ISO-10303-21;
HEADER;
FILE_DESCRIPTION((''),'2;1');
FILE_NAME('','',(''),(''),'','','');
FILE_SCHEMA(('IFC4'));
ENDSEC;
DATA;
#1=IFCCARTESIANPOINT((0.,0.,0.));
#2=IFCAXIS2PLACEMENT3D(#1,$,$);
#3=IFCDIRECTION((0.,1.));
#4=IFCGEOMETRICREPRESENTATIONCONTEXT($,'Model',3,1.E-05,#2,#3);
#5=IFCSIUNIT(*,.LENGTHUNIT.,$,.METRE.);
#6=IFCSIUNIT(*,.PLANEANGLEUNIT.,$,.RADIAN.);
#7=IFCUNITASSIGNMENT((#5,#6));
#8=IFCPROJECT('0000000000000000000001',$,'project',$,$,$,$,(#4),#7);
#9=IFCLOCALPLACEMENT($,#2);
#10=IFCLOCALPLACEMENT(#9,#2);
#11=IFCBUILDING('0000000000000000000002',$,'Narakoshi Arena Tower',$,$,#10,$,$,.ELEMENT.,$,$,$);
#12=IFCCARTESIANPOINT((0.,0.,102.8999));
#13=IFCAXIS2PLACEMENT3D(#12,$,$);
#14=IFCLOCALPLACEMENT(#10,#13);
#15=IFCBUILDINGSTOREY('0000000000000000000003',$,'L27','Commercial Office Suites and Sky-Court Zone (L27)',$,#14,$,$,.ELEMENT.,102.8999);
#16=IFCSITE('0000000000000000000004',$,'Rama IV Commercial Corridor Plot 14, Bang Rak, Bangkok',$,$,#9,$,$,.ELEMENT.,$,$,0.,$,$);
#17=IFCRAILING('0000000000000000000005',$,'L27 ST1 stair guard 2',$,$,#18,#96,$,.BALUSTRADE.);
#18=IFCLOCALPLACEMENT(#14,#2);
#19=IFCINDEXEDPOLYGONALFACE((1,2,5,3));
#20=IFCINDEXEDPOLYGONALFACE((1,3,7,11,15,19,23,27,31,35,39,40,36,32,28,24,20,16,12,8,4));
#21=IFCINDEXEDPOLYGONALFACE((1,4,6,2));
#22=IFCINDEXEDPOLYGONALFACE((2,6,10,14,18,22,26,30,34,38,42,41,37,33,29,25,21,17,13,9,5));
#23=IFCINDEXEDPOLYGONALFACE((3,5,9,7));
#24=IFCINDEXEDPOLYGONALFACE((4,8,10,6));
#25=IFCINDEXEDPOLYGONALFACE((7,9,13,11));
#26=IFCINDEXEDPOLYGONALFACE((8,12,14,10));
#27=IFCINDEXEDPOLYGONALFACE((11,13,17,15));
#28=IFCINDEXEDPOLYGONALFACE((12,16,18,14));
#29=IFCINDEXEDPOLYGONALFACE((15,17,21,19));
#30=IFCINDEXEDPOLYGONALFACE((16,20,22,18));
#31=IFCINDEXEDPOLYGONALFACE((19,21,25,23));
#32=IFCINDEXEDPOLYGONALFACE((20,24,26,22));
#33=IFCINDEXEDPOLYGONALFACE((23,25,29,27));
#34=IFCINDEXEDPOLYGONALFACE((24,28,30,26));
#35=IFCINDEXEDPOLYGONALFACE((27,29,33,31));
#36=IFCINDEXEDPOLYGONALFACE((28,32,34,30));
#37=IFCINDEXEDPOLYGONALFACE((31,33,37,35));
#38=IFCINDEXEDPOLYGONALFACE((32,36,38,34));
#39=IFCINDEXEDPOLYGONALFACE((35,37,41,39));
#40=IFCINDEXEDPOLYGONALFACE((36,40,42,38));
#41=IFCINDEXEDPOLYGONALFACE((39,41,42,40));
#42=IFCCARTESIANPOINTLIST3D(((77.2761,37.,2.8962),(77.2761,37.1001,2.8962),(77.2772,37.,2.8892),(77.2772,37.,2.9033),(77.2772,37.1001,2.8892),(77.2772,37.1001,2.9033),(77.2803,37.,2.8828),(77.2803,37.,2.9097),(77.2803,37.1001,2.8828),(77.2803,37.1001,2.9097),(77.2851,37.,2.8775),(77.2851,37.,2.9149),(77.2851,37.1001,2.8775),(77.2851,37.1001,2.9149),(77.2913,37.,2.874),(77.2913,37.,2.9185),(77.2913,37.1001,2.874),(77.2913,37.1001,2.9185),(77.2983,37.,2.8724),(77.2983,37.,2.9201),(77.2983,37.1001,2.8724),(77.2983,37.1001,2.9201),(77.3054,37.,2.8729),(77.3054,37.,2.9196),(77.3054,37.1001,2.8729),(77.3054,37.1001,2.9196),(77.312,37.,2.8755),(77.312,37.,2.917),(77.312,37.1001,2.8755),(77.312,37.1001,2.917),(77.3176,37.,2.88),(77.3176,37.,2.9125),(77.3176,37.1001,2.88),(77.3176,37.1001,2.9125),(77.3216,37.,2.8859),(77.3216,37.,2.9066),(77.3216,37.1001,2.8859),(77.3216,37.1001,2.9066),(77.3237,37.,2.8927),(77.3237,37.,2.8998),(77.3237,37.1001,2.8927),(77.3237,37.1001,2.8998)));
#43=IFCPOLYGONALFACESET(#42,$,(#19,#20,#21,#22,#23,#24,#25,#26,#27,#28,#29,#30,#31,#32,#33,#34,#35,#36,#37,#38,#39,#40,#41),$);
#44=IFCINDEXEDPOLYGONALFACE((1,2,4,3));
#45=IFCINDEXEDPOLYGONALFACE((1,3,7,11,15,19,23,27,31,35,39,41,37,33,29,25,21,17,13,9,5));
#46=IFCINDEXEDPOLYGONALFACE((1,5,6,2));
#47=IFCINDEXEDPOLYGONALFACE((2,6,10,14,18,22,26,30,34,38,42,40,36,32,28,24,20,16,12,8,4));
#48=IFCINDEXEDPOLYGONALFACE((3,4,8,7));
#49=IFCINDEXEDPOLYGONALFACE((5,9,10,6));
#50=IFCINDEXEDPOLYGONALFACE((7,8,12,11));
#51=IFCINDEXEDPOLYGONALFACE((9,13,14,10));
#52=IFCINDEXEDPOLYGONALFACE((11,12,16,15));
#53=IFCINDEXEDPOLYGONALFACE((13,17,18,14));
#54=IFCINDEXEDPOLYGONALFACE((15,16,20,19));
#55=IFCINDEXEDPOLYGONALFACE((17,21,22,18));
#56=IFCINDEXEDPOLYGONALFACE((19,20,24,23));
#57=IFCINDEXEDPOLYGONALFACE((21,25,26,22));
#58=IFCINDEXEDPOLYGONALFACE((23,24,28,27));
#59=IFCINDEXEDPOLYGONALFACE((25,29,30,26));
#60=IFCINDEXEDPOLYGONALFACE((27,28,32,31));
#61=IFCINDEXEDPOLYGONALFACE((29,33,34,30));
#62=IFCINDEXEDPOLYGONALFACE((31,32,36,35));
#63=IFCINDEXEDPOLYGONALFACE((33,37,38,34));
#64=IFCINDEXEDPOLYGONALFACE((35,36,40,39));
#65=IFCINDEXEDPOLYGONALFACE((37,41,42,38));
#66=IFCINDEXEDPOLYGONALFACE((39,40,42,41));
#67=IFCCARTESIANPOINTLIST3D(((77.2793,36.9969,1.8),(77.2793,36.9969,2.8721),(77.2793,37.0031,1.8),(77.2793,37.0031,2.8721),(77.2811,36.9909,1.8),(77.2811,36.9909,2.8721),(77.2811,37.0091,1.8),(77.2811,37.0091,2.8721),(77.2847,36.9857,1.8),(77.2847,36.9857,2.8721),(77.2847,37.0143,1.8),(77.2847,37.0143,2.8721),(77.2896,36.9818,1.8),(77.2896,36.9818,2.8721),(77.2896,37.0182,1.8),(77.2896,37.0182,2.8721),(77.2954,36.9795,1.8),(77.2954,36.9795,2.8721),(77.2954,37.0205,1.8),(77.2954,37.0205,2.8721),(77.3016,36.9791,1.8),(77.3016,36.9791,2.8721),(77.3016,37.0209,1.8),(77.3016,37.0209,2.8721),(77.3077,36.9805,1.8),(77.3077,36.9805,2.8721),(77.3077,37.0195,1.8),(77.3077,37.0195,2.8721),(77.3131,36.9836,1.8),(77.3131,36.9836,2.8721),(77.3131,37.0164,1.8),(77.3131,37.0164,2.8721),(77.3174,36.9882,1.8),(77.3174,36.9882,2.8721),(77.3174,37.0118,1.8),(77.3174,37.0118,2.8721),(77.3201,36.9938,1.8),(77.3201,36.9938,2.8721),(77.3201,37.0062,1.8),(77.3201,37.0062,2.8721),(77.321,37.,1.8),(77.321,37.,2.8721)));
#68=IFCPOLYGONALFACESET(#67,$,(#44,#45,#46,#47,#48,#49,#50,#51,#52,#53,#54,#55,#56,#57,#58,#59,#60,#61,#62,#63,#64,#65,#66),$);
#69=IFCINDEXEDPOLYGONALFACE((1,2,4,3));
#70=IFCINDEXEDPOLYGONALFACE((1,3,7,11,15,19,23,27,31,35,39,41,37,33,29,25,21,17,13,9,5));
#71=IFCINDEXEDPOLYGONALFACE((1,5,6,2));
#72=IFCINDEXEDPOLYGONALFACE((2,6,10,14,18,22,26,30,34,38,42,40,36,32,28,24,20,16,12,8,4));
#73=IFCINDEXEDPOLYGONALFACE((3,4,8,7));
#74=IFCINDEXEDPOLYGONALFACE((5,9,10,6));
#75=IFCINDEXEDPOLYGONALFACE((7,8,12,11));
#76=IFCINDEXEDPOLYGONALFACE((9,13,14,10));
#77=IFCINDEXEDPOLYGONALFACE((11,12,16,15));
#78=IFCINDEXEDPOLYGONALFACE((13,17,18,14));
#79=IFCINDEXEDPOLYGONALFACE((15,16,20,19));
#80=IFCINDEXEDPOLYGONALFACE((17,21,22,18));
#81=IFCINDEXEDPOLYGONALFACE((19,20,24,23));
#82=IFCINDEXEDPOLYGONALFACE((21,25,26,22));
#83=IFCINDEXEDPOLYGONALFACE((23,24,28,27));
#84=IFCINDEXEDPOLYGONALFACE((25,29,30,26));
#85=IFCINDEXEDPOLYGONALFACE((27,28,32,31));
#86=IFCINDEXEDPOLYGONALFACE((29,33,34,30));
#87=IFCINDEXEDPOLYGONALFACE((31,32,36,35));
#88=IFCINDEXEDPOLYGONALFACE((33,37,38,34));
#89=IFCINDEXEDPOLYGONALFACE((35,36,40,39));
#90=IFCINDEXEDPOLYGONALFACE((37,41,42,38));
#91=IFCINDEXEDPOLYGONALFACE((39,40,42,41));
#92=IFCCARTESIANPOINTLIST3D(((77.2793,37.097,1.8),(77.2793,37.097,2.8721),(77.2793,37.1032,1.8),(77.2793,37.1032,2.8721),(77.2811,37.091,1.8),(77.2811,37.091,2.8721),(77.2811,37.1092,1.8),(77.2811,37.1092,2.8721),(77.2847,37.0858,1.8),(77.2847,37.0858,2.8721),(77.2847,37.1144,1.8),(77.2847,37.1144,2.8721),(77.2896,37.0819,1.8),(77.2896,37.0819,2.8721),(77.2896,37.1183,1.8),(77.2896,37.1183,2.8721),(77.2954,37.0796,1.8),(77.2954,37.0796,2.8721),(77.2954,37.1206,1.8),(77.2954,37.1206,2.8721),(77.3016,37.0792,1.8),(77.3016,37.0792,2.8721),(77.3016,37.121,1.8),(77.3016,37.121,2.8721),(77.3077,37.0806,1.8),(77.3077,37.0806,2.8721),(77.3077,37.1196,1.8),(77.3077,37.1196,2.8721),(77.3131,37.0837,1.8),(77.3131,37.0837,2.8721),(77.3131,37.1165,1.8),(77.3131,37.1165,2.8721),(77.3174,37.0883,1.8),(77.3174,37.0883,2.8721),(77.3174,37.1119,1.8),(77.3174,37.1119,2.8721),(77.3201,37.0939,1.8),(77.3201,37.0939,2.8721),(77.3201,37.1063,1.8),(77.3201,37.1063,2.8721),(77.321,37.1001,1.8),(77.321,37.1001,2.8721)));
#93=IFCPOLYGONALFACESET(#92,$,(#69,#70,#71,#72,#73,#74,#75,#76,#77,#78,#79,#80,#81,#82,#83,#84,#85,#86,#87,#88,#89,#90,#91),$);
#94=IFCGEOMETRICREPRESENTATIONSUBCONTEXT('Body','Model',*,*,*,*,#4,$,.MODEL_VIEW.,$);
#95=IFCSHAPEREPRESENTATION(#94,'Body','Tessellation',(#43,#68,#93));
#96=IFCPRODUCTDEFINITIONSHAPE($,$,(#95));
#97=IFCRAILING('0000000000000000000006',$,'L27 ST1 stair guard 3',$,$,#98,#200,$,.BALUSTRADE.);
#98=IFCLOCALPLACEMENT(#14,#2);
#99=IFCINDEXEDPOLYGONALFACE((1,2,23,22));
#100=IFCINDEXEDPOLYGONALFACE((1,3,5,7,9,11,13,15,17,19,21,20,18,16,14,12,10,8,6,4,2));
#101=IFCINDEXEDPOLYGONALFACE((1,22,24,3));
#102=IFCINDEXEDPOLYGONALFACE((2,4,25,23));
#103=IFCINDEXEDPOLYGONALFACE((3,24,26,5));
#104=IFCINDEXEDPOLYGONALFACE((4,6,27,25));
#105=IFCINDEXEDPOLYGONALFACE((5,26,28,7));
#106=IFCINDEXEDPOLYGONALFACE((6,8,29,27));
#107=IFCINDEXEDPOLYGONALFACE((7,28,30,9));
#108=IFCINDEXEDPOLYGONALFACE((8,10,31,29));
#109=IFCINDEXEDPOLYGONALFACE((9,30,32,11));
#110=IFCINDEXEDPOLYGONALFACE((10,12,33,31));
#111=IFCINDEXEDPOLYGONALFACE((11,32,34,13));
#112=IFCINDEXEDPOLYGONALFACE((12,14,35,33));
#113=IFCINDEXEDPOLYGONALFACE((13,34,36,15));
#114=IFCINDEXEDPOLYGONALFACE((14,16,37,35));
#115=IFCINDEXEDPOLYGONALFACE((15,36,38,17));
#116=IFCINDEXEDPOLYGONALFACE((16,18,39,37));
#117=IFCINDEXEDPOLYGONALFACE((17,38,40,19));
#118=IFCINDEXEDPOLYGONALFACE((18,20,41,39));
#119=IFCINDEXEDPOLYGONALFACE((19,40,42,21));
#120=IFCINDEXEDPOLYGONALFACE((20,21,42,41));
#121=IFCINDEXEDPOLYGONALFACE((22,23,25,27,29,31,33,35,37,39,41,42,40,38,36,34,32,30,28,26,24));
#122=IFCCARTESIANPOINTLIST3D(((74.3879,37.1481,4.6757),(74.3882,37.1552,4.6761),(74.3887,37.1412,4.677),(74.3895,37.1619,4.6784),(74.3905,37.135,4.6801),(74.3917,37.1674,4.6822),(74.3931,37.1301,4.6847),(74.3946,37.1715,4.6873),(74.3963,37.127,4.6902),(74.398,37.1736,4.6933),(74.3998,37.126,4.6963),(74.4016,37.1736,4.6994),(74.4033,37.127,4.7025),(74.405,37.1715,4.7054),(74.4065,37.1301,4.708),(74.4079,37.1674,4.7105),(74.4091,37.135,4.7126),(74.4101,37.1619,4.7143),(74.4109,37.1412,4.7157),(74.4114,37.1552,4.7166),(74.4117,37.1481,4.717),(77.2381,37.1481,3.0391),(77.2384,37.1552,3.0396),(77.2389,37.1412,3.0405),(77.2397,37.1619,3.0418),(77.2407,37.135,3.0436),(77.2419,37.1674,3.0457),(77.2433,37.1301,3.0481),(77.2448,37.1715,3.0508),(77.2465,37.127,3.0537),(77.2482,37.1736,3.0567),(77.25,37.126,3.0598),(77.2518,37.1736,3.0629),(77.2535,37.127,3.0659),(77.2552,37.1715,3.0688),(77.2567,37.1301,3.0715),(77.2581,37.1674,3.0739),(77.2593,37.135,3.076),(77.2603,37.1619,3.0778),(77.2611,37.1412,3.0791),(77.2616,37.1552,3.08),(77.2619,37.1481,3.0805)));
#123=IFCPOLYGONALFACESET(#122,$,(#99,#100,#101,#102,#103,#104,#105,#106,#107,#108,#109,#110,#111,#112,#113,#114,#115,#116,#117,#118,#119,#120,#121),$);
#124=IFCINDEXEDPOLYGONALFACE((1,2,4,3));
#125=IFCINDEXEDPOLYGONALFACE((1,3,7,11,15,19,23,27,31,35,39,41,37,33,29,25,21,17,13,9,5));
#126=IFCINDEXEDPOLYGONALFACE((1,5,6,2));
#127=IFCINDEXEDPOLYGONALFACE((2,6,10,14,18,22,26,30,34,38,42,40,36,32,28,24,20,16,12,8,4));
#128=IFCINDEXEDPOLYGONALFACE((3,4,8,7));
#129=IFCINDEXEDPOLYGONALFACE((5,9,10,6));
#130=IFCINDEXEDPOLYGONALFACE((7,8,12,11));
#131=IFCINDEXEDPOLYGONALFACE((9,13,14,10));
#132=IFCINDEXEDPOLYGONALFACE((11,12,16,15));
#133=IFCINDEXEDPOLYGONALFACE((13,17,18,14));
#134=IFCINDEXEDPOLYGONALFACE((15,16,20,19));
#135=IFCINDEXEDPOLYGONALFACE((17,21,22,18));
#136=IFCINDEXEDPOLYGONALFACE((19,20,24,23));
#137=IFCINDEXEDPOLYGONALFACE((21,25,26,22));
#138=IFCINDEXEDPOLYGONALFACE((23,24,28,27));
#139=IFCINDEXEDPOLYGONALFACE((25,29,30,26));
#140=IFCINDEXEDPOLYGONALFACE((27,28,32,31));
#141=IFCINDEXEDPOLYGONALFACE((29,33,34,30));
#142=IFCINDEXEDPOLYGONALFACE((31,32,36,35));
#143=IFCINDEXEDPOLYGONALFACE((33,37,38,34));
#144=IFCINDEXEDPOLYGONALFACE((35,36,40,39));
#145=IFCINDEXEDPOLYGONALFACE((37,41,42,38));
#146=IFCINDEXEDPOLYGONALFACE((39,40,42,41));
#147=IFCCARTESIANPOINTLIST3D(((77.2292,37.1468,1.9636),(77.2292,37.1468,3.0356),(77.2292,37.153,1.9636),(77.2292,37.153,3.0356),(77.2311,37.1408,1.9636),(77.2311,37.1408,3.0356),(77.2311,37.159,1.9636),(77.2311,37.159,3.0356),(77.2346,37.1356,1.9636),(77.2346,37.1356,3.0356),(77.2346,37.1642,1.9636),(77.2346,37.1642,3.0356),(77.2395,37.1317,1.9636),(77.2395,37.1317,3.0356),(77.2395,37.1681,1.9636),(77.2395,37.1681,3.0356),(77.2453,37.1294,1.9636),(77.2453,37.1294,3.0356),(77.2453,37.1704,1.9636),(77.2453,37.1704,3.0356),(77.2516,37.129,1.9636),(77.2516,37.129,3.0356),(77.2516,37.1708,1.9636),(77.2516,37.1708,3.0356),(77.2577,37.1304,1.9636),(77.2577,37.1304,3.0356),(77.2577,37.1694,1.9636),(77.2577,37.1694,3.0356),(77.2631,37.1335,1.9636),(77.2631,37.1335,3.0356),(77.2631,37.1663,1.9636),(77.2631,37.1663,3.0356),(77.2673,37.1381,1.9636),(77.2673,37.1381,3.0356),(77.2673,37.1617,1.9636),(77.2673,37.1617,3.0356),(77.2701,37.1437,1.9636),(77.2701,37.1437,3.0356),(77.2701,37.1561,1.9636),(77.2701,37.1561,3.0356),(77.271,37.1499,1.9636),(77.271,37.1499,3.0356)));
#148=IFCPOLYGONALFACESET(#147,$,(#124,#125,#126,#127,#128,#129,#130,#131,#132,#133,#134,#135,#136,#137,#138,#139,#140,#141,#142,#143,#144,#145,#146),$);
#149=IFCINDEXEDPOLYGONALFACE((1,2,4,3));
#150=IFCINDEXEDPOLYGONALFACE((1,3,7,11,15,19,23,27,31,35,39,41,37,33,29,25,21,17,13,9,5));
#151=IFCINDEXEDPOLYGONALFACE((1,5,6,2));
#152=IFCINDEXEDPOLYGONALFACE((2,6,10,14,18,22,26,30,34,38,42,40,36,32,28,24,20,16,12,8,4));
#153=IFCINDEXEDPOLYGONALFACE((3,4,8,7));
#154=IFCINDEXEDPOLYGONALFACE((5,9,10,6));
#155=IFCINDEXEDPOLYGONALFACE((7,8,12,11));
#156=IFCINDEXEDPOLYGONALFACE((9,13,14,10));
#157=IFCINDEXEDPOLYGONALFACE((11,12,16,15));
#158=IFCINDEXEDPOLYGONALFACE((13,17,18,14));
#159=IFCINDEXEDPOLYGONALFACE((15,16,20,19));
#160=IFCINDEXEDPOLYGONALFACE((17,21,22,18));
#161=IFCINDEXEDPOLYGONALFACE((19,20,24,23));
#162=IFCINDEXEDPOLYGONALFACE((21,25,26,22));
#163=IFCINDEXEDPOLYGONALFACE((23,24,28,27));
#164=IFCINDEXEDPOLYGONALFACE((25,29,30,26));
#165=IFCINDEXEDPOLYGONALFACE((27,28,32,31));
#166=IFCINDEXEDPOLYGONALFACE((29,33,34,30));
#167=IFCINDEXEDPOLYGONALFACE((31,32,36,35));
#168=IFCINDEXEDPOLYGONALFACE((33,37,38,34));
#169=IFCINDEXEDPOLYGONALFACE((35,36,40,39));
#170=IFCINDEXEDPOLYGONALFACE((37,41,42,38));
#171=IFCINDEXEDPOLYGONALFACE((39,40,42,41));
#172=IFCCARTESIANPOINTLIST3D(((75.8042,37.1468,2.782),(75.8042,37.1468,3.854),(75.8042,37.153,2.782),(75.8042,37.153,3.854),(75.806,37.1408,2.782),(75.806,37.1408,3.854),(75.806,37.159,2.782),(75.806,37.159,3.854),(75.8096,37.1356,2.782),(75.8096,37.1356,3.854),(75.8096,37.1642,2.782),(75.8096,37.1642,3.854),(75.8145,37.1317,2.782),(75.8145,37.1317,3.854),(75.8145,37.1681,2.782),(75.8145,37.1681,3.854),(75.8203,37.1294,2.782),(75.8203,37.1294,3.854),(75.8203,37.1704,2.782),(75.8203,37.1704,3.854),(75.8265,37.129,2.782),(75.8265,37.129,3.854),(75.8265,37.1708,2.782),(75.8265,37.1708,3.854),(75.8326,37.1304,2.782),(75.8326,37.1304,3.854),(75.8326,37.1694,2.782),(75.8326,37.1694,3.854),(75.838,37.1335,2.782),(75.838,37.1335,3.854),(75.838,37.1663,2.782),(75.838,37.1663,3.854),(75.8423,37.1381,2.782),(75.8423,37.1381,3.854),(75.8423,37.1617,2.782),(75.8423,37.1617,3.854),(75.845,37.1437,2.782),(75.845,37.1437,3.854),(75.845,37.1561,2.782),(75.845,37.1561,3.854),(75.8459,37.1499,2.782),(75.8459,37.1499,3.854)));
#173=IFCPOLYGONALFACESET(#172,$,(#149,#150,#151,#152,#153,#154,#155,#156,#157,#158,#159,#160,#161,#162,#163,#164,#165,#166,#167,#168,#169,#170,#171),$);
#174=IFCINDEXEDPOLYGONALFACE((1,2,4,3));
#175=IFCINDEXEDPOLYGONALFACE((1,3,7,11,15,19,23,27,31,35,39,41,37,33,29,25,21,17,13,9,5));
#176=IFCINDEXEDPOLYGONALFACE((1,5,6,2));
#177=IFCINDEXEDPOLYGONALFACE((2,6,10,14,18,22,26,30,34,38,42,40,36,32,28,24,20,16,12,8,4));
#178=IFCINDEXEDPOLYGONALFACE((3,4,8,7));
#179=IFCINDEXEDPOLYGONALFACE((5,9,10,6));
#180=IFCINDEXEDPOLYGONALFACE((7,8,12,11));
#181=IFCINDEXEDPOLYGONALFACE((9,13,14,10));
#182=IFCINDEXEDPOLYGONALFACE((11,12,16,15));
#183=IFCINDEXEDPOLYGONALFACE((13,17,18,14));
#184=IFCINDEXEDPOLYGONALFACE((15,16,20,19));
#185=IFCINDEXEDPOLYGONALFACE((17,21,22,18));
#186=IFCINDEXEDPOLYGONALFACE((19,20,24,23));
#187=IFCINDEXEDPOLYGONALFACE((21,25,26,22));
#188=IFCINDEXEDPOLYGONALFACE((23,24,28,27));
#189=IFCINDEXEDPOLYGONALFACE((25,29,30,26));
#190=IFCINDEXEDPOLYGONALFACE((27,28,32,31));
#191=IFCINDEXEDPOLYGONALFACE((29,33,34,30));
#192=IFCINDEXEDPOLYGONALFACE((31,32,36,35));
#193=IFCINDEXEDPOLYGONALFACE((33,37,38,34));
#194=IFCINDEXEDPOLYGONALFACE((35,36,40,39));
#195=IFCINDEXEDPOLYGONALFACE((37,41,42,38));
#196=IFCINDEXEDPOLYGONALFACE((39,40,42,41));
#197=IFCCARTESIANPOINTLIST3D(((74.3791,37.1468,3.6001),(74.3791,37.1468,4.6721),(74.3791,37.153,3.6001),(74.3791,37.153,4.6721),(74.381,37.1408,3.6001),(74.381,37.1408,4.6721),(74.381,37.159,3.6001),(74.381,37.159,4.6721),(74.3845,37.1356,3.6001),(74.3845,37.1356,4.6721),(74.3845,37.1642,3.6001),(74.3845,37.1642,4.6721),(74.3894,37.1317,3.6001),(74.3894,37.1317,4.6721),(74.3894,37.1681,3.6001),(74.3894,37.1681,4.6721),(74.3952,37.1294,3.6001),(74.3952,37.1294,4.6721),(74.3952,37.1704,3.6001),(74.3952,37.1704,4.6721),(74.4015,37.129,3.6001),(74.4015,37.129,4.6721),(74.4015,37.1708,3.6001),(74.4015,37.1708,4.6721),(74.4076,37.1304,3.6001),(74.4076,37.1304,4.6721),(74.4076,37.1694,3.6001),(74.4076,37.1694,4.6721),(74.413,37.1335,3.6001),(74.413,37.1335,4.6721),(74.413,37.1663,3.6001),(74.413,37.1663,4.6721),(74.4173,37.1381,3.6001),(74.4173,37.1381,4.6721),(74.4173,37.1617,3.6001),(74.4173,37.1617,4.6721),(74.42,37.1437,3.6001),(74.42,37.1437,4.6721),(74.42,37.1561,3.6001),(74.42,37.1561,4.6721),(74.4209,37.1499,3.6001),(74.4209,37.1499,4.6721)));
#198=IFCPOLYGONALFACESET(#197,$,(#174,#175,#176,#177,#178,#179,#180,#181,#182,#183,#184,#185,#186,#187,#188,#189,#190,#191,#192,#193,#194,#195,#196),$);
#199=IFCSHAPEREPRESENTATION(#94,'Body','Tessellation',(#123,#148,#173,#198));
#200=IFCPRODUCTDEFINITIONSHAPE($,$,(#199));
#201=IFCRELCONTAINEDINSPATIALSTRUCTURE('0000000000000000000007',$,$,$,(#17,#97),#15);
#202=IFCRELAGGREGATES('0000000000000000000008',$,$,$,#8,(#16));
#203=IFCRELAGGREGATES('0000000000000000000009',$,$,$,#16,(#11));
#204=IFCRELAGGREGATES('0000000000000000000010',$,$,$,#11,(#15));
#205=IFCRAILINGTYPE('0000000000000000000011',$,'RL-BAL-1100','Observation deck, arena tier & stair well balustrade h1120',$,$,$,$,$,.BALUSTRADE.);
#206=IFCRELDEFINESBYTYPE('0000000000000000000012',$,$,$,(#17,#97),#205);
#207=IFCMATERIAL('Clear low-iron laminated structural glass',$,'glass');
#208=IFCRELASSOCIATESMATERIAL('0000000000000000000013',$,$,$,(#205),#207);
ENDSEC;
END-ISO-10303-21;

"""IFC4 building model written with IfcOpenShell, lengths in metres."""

from ifc_helpers import new_model, si_unit, direction, frame, origin, origin_2d, place, context, subcontext, project, spatial, circle, extrude, material, type_object, element, save


model = new_model("IFC4")

# Units and contexts
model_context = context("Model", 3, precision=1e-05, world=origin(), true_north=direction((0.0, 1.0)))
body_context = subcontext(model_context, "Body", "Model", "MODEL_VIEW")
ifc_project = project(units=[si_unit("LENGTHUNIT", "METRE"), si_unit("PLANEANGLEUNIT", "RADIAN")], contexts=[model_context])

# Site, building, storey
site_placement = place(None, origin())
site = spatial("IfcSite", under=ifc_project, at=site_placement, Name="Rama IV Commercial Corridor Plot 14, Bang Rak, Bangkok", CompositionType="ELEMENT", RefElevation=0.0)
building_placement = place(site_placement, origin())
building = spatial("IfcBuilding", under=site, at=building_placement, Name="Narakoshi Arena Tower", CompositionType="ELEMENT")
storey_placement = place(building_placement, frame((0.0, 0.0, 102.8999)))
storey = spatial("IfcBuildingStorey", under=building, at=storey_placement, Name="L27", Description="Commercial Office Suites and Sky-Court Zone (L27)", CompositionType="ELEMENT", Elevation=102.8999)

# Railings
ifc_material_1 = material(Name="Clear low-iron laminated structural glass", Category="glass")
railing_type_1 = type_object("IfcRailingType", Name="RL-BAL-1100", Description="Observation deck, arena tier & stair well balustrade h1120", PredefinedType="BALUSTRADE", material=ifc_material_1)
railing_1_placement = place(storey_placement, frame((77.3, 37.0, 1.8)))
element("IfcRailing", 1, at=railing_1_placement, inside=storey, type_object=railing_type_1, Name="L27 ST1 stair guard 2", PredefinedType="BALUSTRADE", context=body_context, shape_type="SweptSolid", body=[
    extrude(circle(Radius=0.0239, at=origin_2d()), frame((0.0, 0.0, 1.0962), z_axis=(0.0, 1.0, 0.0), x_axis=(-1.0, 0.0, 0.0)), (0.0, 0.0, 1.0), 0.1001),
    extrude(circle(Radius=0.021, at=origin_2d()), origin(), (0.0, 0.0, 1.0), 1.072),
    extrude(circle(Radius=0.021, at=origin_2d()), frame((0.0, 0.1001, 0.0)), (0.0, 0.0, 1.0), 1.072),
])
railing_2_placement = place(storey_placement, frame((77.25, 37.1499, 1.9636)))
element("IfcRailing", 2, at=railing_2_placement, inside=storey, type_object=railing_type_1, Name="L27 ST1 stair guard 3", PredefinedType="BALUSTRADE", context=body_context, shape_type="SweptSolid", body=[
    extrude(circle(Radius=0.0239, at=origin_2d()), frame((0.0, 0.0, 1.0962), z_axis=(-0.867213, 0.0, 0.497938), x_axis=(0.0, -1.0, 0.0)), (0.0, 0.0, 1.0), 3.2866),
    extrude(circle(Radius=0.021, at=origin_2d()), origin(), (0.0, 0.0, 1.0), 1.072),
    extrude(circle(Radius=0.021, at=origin_2d()), frame((-1.425, 0.0, 0.8184)), (0.0, 0.0, 1.0), 1.072),
    extrude(circle(Radius=0.021, at=origin_2d()), frame((-2.8501, 0.0, 1.6365)), (0.0, 0.0, 1.0), 1.072),
])

save(model, "model.ifc")
